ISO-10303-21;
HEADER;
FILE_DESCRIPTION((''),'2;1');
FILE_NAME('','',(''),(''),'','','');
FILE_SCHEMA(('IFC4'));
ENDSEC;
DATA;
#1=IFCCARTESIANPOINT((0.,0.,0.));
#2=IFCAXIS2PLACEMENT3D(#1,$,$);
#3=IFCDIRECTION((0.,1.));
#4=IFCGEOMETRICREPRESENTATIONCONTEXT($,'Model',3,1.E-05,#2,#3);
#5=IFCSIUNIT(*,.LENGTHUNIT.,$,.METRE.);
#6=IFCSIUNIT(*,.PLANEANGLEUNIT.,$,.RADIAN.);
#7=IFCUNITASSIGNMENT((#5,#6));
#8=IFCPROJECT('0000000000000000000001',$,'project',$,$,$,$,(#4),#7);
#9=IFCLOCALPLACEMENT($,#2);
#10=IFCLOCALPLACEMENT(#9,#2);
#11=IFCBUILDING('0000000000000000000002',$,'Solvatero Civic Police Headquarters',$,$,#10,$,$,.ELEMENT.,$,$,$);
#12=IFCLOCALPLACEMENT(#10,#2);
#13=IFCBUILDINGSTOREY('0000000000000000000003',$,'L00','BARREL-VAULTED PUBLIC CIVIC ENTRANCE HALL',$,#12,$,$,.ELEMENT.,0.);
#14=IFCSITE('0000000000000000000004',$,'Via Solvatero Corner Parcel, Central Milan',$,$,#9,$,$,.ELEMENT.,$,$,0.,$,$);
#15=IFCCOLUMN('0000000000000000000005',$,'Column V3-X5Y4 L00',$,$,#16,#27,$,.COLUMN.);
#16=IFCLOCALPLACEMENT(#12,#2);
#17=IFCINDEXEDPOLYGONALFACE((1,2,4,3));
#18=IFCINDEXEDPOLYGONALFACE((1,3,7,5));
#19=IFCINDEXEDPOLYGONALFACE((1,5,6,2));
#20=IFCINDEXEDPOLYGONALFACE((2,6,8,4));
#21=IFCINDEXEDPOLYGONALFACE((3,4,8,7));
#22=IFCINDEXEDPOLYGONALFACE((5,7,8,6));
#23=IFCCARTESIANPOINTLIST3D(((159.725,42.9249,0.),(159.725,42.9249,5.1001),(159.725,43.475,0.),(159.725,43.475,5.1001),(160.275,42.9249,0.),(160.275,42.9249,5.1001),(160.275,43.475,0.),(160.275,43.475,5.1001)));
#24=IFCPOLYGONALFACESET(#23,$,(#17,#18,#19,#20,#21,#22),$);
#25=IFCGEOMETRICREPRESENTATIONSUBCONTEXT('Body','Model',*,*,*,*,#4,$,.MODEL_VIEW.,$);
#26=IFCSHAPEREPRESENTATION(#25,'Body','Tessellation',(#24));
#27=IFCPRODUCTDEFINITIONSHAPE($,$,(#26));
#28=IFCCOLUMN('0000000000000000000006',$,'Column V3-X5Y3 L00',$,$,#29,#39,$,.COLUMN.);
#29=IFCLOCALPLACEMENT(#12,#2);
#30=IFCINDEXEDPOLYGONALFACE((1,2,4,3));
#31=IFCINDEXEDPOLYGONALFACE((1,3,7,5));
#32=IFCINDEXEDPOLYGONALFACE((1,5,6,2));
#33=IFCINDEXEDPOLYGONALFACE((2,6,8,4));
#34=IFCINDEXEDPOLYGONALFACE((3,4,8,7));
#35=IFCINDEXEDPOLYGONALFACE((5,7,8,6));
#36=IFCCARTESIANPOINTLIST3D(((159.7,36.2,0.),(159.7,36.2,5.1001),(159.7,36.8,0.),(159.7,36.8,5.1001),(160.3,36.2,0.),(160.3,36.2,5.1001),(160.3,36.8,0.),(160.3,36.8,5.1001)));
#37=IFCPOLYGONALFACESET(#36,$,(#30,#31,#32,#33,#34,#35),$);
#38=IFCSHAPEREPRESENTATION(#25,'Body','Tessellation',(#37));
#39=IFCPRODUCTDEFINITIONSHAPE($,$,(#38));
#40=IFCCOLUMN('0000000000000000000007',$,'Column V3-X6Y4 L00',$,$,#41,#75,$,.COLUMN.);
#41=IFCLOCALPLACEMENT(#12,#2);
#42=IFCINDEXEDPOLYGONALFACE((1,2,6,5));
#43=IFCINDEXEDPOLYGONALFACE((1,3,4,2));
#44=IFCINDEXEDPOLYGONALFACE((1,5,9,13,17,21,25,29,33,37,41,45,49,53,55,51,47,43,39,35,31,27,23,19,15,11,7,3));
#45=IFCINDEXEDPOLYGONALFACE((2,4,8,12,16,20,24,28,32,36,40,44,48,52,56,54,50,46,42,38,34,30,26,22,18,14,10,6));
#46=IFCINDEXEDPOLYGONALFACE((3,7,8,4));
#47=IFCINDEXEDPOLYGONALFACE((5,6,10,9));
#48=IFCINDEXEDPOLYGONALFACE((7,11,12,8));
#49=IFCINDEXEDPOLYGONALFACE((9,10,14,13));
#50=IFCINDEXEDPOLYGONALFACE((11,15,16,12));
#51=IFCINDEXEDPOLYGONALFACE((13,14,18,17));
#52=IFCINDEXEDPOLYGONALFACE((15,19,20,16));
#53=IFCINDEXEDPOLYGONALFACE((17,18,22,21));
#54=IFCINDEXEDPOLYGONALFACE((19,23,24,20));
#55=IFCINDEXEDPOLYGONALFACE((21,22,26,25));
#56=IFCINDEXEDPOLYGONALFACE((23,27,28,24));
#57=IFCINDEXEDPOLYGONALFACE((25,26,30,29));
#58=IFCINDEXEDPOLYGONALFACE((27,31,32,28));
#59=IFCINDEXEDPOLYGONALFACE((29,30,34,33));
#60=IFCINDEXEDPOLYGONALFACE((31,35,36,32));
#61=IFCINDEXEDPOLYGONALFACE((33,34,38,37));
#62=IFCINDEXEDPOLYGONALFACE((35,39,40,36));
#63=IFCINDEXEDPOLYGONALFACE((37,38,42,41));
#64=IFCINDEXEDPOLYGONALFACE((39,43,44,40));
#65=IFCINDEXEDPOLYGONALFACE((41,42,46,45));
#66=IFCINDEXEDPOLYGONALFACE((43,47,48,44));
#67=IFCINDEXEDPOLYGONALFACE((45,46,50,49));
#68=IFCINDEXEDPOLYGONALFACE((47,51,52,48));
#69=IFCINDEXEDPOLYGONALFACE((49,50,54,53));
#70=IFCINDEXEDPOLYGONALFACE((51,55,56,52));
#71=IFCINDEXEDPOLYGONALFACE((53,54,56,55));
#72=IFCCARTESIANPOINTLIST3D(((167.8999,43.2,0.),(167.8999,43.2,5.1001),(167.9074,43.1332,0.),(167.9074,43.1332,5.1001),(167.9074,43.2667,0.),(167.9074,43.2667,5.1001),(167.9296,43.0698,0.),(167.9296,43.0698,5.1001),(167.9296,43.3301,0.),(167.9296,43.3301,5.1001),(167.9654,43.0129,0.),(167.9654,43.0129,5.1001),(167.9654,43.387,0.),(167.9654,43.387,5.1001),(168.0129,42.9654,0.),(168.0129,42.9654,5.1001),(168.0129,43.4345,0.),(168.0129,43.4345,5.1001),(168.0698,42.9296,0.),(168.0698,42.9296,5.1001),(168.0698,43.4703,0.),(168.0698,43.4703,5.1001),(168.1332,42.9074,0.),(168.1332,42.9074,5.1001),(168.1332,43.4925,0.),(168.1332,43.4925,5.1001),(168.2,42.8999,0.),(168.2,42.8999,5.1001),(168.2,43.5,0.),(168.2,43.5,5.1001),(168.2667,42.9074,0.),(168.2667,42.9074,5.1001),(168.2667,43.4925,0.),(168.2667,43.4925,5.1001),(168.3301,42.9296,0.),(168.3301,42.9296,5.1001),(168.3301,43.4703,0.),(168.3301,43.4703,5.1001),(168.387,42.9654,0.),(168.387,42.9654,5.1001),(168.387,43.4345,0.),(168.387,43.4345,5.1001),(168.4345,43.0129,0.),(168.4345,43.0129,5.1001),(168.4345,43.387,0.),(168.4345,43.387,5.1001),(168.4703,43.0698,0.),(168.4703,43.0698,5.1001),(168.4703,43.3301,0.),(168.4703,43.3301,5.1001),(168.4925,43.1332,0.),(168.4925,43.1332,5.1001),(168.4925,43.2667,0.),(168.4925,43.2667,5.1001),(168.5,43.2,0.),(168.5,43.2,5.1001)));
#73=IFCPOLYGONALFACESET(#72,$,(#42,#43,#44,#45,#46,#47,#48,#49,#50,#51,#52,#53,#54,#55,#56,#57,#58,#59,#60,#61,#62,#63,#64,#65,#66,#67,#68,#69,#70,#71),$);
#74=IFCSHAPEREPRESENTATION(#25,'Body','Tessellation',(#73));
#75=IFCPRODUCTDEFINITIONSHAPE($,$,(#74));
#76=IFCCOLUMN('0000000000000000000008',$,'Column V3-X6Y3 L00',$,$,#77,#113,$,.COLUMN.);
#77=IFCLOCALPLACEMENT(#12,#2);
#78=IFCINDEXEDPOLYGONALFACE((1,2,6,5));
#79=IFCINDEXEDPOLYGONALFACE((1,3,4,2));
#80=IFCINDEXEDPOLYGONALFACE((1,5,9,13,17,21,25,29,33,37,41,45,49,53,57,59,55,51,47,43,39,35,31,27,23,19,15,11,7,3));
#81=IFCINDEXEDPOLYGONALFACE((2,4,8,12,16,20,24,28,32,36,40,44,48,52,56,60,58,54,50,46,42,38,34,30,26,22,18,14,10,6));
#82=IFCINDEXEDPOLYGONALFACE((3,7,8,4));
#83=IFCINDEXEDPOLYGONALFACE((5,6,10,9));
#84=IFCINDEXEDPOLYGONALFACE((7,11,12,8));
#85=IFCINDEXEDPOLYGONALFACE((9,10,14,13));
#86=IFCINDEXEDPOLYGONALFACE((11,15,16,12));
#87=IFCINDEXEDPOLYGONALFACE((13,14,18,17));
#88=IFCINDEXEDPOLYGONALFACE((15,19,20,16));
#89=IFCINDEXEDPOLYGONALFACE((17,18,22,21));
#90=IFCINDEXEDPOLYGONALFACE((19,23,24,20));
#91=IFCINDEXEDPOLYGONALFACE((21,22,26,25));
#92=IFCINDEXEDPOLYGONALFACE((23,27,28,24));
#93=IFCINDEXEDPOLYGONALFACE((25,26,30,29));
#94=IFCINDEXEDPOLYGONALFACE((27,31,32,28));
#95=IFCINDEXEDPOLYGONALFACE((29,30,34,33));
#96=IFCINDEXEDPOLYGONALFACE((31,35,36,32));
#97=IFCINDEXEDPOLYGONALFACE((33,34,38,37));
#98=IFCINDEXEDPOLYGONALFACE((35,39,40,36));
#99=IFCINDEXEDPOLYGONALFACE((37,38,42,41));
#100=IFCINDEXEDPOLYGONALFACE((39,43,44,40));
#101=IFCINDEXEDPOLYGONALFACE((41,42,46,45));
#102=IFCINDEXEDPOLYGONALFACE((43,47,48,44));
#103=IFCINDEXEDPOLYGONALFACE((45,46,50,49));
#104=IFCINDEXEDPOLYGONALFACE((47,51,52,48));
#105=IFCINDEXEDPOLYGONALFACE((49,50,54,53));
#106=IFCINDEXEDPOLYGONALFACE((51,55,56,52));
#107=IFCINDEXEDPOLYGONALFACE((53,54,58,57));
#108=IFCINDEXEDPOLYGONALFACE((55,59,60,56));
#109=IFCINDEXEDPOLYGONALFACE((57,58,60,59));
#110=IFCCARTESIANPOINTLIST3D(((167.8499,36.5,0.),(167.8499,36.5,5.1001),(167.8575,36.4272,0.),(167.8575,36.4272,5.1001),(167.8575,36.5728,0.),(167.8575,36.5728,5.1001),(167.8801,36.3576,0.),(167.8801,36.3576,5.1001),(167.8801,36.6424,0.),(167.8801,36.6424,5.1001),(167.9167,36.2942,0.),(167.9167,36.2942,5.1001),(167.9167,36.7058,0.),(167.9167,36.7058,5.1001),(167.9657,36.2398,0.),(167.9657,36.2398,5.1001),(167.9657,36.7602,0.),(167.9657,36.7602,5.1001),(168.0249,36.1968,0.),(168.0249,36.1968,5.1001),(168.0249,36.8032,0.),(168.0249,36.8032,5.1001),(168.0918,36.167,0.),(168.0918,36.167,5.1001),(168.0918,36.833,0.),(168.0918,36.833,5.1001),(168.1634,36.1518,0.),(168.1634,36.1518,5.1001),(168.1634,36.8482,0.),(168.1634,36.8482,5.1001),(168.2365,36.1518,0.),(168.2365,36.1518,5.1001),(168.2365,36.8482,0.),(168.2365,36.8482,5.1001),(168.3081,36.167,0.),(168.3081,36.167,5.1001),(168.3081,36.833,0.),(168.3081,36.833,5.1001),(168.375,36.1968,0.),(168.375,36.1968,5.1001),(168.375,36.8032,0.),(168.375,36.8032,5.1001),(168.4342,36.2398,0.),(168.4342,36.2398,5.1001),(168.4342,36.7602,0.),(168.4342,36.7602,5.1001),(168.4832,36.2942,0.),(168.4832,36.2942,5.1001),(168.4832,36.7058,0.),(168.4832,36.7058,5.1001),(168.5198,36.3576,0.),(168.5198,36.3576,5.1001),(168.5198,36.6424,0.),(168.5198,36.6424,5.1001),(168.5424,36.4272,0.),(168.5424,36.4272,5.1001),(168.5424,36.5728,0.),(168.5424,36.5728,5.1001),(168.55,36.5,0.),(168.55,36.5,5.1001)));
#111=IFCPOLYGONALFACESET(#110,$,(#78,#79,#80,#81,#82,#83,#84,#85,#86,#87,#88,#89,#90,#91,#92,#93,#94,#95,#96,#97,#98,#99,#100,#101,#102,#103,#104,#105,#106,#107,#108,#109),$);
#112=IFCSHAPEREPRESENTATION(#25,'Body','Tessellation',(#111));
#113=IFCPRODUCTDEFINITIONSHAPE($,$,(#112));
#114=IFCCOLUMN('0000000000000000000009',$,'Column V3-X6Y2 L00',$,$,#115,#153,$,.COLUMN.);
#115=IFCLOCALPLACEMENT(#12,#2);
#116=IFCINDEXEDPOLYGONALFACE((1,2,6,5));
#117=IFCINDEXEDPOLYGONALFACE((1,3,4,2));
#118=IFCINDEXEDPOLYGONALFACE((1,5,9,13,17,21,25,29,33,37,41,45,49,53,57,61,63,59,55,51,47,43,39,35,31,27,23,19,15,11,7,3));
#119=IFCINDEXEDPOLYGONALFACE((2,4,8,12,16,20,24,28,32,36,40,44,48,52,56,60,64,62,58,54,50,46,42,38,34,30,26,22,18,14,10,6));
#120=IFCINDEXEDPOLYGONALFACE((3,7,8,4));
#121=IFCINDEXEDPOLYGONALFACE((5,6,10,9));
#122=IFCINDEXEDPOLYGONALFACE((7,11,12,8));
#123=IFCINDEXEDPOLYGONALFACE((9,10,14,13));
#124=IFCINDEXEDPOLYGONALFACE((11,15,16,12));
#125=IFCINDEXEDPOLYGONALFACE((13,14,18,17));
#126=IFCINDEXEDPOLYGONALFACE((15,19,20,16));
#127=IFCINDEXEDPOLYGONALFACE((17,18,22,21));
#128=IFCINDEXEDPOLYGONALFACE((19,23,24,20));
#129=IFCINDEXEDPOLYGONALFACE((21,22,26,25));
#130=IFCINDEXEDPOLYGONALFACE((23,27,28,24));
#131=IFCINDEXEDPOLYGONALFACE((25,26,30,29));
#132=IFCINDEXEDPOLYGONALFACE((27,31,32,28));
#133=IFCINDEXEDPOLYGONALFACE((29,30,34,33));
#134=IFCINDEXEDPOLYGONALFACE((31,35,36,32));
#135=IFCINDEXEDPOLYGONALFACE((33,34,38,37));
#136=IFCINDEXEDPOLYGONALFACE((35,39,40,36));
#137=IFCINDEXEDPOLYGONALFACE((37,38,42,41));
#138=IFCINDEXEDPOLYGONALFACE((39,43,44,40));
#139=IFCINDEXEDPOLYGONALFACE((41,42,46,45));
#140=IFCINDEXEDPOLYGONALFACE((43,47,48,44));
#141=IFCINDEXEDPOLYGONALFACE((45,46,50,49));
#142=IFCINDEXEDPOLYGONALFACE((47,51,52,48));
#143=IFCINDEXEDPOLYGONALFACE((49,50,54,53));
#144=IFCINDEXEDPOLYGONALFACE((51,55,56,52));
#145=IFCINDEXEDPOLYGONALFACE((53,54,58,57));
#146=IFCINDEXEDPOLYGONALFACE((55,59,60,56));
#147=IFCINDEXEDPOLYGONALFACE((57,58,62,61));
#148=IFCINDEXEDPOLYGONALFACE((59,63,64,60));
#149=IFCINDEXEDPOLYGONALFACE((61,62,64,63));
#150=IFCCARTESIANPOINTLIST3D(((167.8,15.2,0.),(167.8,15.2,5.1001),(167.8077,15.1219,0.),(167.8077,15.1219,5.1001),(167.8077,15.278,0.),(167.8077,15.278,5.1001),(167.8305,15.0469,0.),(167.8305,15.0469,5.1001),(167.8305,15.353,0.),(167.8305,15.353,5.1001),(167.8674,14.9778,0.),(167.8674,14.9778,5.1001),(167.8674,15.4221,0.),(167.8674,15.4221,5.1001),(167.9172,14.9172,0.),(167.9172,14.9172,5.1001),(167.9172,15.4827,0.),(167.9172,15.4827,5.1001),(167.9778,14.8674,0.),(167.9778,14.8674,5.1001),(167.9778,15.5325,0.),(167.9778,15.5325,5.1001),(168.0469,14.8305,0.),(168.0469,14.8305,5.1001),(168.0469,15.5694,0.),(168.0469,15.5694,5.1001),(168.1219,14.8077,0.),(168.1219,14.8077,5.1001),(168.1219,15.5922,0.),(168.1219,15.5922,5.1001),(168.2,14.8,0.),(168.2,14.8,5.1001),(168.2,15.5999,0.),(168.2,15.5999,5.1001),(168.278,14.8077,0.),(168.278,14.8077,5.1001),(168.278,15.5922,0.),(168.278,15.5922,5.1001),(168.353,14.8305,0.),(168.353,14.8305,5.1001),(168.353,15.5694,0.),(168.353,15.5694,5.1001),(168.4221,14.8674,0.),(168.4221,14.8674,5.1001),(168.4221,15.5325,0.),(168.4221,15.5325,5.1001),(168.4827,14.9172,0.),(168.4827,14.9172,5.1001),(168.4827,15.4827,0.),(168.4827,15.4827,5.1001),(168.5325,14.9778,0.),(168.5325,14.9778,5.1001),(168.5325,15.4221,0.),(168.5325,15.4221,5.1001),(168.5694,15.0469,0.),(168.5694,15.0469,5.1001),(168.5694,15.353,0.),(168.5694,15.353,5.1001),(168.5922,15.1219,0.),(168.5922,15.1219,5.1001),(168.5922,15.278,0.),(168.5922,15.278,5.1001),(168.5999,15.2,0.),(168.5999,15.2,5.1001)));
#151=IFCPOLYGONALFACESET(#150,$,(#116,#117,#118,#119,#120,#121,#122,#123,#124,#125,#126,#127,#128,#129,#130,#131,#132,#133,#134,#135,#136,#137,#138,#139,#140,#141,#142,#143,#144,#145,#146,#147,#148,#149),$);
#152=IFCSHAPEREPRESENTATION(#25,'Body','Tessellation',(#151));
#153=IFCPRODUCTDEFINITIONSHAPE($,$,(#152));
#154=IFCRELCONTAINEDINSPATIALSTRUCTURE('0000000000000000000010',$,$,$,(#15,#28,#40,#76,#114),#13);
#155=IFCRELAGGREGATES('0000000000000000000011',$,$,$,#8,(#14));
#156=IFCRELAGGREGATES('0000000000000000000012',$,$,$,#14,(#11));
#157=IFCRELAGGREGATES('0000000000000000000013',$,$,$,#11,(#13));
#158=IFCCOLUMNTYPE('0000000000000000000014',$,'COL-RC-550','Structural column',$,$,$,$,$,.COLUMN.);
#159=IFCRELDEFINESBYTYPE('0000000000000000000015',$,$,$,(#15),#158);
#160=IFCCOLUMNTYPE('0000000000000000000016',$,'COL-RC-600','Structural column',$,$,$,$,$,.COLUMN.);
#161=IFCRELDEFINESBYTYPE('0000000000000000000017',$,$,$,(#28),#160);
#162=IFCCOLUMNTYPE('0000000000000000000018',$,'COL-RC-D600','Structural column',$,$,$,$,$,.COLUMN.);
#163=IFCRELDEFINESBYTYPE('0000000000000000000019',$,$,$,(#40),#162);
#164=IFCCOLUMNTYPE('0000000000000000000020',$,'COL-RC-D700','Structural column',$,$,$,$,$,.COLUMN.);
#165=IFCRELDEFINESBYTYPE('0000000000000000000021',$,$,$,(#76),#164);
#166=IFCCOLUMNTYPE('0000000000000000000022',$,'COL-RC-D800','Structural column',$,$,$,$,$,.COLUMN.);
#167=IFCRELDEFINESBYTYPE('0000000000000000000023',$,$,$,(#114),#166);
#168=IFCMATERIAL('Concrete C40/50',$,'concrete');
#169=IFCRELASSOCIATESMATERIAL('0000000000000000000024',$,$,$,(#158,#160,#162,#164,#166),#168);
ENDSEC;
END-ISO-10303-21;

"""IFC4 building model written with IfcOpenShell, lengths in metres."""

from ifc_helpers import new_model, si_unit, direction, frame, origin, origin_2d, place, context, subcontext, project, spatial, rectangle, circle, extrude, material, material_profile, profile_set, type_object, element, save


model = new_model("IFC4")

# Units and contexts
model_context = context("Model", 3, precision=1e-05, world=origin(), true_north=direction((0.0, 1.0)))
body_context = subcontext(model_context, "Body", "Model", "MODEL_VIEW")
ifc_project = project(units=[si_unit("LENGTHUNIT", "METRE"), si_unit("PLANEANGLEUNIT", "RADIAN")], contexts=[model_context])

# Site, building, storey
site_placement = place(None, origin())
site = spatial("IfcSite", under=ifc_project, at=site_placement, Name="Via Solvatero Corner Parcel, Central Milan", CompositionType="ELEMENT", RefElevation=0.0)
building_placement = place(site_placement, origin())
building = spatial("IfcBuilding", under=site, at=building_placement, Name="Solvatero Civic Police Headquarters", CompositionType="ELEMENT")
storey_placement = place(building_placement, origin())
storey = spatial("IfcBuildingStorey", under=building, at=storey_placement, Name="L00", Description="BARREL-VAULTED PUBLIC CIVIC ENTRANCE HALL", CompositionType="ELEMENT", Elevation=0.0)

# Columns
ifc_material_1 = material(Name="Concrete C40/50", Category="concrete")
ifc_material_profile_1 = material_profile(ifc_material_1, rectangle(XDim=0.55, YDim=0.55, at=origin_2d()), Name="RC 550x550")
ifc_profile_set_1 = profile_set([ifc_material_profile_1], Name="Concrete C40/50")
column_type_1 = type_object("IfcColumnType", Name="COL-RC-550", Description="Structural column", PredefinedType="COLUMN", material=ifc_profile_set_1)
column_1_placement = place(storey_placement, frame((160.0, 43.2, 0.0), z_axis=(0.0, 0.0, 1.0), x_axis=(1.0, 0.0, 0.0)))
element("IfcColumn", 1, at=column_1_placement, inside=storey, type_object=column_type_1, Name="Column V3-X5Y4 L00", PredefinedType="COLUMN", context=body_context, shape_type="SweptSolid", body=[
    extrude(rectangle(XDim=0.55, YDim=0.55, at=origin_2d()), origin(), (0.0, 0.0, 1.0), 5.1001),
])
ifc_material_profile_2 = material_profile(ifc_material_1, rectangle(XDim=0.6001, YDim=0.6001, at=origin_2d()), Name="RC 600x600")
ifc_profile_set_2 = profile_set([ifc_material_profile_2], Name="Concrete C40/50")
column_type_2 = type_object("IfcColumnType", Name="COL-RC-600", Description="Structural column", PredefinedType="COLUMN", material=ifc_profile_set_2)
column_2_placement = place(storey_placement, frame((160.0, 36.5, 0.0), z_axis=(0.0, 0.0, 1.0), x_axis=(1.0, 0.0, 0.0)))
element("IfcColumn", 2, at=column_2_placement, inside=storey, type_object=column_type_2, Name="Column V3-X5Y3 L00", PredefinedType="COLUMN", context=body_context, shape_type="SweptSolid", body=[
    extrude(rectangle(XDim=0.6001, YDim=0.6001, at=origin_2d()), origin(), (0.0, 0.0, 1.0), 5.1001),
])
ifc_material_profile_3 = material_profile(ifc_material_1, circle(Radius=0.3, at=origin_2d()), Name="RC COL D600")
ifc_profile_set_3 = profile_set([ifc_material_profile_3], Name="Concrete C40/50")
column_type_3 = type_object("IfcColumnType", Name="COL-RC-D600", Description="Structural column", PredefinedType="COLUMN", material=ifc_profile_set_3)
column_3_placement = place(storey_placement, frame((168.2, 43.2, 0.0), z_axis=(0.0, 0.0, 1.0), x_axis=(1.0, 0.0, 0.0)))
element("IfcColumn", 3, at=column_3_placement, inside=storey, type_object=column_type_3, Name="Column V3-X6Y4 L00", PredefinedType="COLUMN", context=body_context, shape_type="SweptSolid", body=[
    extrude(circle(Radius=0.3, at=origin_2d()), origin(), (0.0, 0.0, 1.0), 5.1001),
])
ifc_material_profile_4 = material_profile(ifc_material_1, circle(Radius=0.3501, at=origin_2d()), Name="RC COL D700")
ifc_profile_set_4 = profile_set([ifc_material_profile_4], Name="Concrete C40/50")
column_type_4 = type_object("IfcColumnType", Name="COL-RC-D700", Description="Structural column", PredefinedType="COLUMN", material=ifc_profile_set_4)
column_4_placement = place(storey_placement, frame((168.2, 36.5, 0.0), z_axis=(0.0, 0.0, 1.0), x_axis=(1.0, 0.0, 0.0)))
element("IfcColumn", 4, at=column_4_placement, inside=storey, type_object=column_type_4, Name="Column V3-X6Y3 L00", PredefinedType="COLUMN", context=body_context, shape_type="SweptSolid", body=[
    extrude(circle(Radius=0.3501, at=origin_2d()), origin(), (0.0, 0.0, 1.0), 5.1001),
])
ifc_material_profile_5 = material_profile(ifc_material_1, circle(Radius=0.3999, at=origin_2d()), Name="RC COL D800")
ifc_profile_set_5 = profile_set([ifc_material_profile_5], Name="Concrete C40/50")
column_type_5 = type_object("IfcColumnType", Name="COL-RC-D800", Description="Structural column", PredefinedType="COLUMN", material=ifc_profile_set_5)
column_5_placement = place(storey_placement, frame((168.2, 15.2, 0.0), z_axis=(0.0, 0.0, 1.0), x_axis=(1.0, 0.0, 0.0)))
element("IfcColumn", 5, at=column_5_placement, inside=storey, type_object=column_type_5, Name="Column V3-X6Y2 L00", PredefinedType="COLUMN", context=body_context, shape_type="SweptSolid", body=[
    extrude(circle(Radius=0.3999, at=origin_2d()), origin(), (0.0, 0.0, 1.0), 5.1001),
])

save(model, "model.ifc")
